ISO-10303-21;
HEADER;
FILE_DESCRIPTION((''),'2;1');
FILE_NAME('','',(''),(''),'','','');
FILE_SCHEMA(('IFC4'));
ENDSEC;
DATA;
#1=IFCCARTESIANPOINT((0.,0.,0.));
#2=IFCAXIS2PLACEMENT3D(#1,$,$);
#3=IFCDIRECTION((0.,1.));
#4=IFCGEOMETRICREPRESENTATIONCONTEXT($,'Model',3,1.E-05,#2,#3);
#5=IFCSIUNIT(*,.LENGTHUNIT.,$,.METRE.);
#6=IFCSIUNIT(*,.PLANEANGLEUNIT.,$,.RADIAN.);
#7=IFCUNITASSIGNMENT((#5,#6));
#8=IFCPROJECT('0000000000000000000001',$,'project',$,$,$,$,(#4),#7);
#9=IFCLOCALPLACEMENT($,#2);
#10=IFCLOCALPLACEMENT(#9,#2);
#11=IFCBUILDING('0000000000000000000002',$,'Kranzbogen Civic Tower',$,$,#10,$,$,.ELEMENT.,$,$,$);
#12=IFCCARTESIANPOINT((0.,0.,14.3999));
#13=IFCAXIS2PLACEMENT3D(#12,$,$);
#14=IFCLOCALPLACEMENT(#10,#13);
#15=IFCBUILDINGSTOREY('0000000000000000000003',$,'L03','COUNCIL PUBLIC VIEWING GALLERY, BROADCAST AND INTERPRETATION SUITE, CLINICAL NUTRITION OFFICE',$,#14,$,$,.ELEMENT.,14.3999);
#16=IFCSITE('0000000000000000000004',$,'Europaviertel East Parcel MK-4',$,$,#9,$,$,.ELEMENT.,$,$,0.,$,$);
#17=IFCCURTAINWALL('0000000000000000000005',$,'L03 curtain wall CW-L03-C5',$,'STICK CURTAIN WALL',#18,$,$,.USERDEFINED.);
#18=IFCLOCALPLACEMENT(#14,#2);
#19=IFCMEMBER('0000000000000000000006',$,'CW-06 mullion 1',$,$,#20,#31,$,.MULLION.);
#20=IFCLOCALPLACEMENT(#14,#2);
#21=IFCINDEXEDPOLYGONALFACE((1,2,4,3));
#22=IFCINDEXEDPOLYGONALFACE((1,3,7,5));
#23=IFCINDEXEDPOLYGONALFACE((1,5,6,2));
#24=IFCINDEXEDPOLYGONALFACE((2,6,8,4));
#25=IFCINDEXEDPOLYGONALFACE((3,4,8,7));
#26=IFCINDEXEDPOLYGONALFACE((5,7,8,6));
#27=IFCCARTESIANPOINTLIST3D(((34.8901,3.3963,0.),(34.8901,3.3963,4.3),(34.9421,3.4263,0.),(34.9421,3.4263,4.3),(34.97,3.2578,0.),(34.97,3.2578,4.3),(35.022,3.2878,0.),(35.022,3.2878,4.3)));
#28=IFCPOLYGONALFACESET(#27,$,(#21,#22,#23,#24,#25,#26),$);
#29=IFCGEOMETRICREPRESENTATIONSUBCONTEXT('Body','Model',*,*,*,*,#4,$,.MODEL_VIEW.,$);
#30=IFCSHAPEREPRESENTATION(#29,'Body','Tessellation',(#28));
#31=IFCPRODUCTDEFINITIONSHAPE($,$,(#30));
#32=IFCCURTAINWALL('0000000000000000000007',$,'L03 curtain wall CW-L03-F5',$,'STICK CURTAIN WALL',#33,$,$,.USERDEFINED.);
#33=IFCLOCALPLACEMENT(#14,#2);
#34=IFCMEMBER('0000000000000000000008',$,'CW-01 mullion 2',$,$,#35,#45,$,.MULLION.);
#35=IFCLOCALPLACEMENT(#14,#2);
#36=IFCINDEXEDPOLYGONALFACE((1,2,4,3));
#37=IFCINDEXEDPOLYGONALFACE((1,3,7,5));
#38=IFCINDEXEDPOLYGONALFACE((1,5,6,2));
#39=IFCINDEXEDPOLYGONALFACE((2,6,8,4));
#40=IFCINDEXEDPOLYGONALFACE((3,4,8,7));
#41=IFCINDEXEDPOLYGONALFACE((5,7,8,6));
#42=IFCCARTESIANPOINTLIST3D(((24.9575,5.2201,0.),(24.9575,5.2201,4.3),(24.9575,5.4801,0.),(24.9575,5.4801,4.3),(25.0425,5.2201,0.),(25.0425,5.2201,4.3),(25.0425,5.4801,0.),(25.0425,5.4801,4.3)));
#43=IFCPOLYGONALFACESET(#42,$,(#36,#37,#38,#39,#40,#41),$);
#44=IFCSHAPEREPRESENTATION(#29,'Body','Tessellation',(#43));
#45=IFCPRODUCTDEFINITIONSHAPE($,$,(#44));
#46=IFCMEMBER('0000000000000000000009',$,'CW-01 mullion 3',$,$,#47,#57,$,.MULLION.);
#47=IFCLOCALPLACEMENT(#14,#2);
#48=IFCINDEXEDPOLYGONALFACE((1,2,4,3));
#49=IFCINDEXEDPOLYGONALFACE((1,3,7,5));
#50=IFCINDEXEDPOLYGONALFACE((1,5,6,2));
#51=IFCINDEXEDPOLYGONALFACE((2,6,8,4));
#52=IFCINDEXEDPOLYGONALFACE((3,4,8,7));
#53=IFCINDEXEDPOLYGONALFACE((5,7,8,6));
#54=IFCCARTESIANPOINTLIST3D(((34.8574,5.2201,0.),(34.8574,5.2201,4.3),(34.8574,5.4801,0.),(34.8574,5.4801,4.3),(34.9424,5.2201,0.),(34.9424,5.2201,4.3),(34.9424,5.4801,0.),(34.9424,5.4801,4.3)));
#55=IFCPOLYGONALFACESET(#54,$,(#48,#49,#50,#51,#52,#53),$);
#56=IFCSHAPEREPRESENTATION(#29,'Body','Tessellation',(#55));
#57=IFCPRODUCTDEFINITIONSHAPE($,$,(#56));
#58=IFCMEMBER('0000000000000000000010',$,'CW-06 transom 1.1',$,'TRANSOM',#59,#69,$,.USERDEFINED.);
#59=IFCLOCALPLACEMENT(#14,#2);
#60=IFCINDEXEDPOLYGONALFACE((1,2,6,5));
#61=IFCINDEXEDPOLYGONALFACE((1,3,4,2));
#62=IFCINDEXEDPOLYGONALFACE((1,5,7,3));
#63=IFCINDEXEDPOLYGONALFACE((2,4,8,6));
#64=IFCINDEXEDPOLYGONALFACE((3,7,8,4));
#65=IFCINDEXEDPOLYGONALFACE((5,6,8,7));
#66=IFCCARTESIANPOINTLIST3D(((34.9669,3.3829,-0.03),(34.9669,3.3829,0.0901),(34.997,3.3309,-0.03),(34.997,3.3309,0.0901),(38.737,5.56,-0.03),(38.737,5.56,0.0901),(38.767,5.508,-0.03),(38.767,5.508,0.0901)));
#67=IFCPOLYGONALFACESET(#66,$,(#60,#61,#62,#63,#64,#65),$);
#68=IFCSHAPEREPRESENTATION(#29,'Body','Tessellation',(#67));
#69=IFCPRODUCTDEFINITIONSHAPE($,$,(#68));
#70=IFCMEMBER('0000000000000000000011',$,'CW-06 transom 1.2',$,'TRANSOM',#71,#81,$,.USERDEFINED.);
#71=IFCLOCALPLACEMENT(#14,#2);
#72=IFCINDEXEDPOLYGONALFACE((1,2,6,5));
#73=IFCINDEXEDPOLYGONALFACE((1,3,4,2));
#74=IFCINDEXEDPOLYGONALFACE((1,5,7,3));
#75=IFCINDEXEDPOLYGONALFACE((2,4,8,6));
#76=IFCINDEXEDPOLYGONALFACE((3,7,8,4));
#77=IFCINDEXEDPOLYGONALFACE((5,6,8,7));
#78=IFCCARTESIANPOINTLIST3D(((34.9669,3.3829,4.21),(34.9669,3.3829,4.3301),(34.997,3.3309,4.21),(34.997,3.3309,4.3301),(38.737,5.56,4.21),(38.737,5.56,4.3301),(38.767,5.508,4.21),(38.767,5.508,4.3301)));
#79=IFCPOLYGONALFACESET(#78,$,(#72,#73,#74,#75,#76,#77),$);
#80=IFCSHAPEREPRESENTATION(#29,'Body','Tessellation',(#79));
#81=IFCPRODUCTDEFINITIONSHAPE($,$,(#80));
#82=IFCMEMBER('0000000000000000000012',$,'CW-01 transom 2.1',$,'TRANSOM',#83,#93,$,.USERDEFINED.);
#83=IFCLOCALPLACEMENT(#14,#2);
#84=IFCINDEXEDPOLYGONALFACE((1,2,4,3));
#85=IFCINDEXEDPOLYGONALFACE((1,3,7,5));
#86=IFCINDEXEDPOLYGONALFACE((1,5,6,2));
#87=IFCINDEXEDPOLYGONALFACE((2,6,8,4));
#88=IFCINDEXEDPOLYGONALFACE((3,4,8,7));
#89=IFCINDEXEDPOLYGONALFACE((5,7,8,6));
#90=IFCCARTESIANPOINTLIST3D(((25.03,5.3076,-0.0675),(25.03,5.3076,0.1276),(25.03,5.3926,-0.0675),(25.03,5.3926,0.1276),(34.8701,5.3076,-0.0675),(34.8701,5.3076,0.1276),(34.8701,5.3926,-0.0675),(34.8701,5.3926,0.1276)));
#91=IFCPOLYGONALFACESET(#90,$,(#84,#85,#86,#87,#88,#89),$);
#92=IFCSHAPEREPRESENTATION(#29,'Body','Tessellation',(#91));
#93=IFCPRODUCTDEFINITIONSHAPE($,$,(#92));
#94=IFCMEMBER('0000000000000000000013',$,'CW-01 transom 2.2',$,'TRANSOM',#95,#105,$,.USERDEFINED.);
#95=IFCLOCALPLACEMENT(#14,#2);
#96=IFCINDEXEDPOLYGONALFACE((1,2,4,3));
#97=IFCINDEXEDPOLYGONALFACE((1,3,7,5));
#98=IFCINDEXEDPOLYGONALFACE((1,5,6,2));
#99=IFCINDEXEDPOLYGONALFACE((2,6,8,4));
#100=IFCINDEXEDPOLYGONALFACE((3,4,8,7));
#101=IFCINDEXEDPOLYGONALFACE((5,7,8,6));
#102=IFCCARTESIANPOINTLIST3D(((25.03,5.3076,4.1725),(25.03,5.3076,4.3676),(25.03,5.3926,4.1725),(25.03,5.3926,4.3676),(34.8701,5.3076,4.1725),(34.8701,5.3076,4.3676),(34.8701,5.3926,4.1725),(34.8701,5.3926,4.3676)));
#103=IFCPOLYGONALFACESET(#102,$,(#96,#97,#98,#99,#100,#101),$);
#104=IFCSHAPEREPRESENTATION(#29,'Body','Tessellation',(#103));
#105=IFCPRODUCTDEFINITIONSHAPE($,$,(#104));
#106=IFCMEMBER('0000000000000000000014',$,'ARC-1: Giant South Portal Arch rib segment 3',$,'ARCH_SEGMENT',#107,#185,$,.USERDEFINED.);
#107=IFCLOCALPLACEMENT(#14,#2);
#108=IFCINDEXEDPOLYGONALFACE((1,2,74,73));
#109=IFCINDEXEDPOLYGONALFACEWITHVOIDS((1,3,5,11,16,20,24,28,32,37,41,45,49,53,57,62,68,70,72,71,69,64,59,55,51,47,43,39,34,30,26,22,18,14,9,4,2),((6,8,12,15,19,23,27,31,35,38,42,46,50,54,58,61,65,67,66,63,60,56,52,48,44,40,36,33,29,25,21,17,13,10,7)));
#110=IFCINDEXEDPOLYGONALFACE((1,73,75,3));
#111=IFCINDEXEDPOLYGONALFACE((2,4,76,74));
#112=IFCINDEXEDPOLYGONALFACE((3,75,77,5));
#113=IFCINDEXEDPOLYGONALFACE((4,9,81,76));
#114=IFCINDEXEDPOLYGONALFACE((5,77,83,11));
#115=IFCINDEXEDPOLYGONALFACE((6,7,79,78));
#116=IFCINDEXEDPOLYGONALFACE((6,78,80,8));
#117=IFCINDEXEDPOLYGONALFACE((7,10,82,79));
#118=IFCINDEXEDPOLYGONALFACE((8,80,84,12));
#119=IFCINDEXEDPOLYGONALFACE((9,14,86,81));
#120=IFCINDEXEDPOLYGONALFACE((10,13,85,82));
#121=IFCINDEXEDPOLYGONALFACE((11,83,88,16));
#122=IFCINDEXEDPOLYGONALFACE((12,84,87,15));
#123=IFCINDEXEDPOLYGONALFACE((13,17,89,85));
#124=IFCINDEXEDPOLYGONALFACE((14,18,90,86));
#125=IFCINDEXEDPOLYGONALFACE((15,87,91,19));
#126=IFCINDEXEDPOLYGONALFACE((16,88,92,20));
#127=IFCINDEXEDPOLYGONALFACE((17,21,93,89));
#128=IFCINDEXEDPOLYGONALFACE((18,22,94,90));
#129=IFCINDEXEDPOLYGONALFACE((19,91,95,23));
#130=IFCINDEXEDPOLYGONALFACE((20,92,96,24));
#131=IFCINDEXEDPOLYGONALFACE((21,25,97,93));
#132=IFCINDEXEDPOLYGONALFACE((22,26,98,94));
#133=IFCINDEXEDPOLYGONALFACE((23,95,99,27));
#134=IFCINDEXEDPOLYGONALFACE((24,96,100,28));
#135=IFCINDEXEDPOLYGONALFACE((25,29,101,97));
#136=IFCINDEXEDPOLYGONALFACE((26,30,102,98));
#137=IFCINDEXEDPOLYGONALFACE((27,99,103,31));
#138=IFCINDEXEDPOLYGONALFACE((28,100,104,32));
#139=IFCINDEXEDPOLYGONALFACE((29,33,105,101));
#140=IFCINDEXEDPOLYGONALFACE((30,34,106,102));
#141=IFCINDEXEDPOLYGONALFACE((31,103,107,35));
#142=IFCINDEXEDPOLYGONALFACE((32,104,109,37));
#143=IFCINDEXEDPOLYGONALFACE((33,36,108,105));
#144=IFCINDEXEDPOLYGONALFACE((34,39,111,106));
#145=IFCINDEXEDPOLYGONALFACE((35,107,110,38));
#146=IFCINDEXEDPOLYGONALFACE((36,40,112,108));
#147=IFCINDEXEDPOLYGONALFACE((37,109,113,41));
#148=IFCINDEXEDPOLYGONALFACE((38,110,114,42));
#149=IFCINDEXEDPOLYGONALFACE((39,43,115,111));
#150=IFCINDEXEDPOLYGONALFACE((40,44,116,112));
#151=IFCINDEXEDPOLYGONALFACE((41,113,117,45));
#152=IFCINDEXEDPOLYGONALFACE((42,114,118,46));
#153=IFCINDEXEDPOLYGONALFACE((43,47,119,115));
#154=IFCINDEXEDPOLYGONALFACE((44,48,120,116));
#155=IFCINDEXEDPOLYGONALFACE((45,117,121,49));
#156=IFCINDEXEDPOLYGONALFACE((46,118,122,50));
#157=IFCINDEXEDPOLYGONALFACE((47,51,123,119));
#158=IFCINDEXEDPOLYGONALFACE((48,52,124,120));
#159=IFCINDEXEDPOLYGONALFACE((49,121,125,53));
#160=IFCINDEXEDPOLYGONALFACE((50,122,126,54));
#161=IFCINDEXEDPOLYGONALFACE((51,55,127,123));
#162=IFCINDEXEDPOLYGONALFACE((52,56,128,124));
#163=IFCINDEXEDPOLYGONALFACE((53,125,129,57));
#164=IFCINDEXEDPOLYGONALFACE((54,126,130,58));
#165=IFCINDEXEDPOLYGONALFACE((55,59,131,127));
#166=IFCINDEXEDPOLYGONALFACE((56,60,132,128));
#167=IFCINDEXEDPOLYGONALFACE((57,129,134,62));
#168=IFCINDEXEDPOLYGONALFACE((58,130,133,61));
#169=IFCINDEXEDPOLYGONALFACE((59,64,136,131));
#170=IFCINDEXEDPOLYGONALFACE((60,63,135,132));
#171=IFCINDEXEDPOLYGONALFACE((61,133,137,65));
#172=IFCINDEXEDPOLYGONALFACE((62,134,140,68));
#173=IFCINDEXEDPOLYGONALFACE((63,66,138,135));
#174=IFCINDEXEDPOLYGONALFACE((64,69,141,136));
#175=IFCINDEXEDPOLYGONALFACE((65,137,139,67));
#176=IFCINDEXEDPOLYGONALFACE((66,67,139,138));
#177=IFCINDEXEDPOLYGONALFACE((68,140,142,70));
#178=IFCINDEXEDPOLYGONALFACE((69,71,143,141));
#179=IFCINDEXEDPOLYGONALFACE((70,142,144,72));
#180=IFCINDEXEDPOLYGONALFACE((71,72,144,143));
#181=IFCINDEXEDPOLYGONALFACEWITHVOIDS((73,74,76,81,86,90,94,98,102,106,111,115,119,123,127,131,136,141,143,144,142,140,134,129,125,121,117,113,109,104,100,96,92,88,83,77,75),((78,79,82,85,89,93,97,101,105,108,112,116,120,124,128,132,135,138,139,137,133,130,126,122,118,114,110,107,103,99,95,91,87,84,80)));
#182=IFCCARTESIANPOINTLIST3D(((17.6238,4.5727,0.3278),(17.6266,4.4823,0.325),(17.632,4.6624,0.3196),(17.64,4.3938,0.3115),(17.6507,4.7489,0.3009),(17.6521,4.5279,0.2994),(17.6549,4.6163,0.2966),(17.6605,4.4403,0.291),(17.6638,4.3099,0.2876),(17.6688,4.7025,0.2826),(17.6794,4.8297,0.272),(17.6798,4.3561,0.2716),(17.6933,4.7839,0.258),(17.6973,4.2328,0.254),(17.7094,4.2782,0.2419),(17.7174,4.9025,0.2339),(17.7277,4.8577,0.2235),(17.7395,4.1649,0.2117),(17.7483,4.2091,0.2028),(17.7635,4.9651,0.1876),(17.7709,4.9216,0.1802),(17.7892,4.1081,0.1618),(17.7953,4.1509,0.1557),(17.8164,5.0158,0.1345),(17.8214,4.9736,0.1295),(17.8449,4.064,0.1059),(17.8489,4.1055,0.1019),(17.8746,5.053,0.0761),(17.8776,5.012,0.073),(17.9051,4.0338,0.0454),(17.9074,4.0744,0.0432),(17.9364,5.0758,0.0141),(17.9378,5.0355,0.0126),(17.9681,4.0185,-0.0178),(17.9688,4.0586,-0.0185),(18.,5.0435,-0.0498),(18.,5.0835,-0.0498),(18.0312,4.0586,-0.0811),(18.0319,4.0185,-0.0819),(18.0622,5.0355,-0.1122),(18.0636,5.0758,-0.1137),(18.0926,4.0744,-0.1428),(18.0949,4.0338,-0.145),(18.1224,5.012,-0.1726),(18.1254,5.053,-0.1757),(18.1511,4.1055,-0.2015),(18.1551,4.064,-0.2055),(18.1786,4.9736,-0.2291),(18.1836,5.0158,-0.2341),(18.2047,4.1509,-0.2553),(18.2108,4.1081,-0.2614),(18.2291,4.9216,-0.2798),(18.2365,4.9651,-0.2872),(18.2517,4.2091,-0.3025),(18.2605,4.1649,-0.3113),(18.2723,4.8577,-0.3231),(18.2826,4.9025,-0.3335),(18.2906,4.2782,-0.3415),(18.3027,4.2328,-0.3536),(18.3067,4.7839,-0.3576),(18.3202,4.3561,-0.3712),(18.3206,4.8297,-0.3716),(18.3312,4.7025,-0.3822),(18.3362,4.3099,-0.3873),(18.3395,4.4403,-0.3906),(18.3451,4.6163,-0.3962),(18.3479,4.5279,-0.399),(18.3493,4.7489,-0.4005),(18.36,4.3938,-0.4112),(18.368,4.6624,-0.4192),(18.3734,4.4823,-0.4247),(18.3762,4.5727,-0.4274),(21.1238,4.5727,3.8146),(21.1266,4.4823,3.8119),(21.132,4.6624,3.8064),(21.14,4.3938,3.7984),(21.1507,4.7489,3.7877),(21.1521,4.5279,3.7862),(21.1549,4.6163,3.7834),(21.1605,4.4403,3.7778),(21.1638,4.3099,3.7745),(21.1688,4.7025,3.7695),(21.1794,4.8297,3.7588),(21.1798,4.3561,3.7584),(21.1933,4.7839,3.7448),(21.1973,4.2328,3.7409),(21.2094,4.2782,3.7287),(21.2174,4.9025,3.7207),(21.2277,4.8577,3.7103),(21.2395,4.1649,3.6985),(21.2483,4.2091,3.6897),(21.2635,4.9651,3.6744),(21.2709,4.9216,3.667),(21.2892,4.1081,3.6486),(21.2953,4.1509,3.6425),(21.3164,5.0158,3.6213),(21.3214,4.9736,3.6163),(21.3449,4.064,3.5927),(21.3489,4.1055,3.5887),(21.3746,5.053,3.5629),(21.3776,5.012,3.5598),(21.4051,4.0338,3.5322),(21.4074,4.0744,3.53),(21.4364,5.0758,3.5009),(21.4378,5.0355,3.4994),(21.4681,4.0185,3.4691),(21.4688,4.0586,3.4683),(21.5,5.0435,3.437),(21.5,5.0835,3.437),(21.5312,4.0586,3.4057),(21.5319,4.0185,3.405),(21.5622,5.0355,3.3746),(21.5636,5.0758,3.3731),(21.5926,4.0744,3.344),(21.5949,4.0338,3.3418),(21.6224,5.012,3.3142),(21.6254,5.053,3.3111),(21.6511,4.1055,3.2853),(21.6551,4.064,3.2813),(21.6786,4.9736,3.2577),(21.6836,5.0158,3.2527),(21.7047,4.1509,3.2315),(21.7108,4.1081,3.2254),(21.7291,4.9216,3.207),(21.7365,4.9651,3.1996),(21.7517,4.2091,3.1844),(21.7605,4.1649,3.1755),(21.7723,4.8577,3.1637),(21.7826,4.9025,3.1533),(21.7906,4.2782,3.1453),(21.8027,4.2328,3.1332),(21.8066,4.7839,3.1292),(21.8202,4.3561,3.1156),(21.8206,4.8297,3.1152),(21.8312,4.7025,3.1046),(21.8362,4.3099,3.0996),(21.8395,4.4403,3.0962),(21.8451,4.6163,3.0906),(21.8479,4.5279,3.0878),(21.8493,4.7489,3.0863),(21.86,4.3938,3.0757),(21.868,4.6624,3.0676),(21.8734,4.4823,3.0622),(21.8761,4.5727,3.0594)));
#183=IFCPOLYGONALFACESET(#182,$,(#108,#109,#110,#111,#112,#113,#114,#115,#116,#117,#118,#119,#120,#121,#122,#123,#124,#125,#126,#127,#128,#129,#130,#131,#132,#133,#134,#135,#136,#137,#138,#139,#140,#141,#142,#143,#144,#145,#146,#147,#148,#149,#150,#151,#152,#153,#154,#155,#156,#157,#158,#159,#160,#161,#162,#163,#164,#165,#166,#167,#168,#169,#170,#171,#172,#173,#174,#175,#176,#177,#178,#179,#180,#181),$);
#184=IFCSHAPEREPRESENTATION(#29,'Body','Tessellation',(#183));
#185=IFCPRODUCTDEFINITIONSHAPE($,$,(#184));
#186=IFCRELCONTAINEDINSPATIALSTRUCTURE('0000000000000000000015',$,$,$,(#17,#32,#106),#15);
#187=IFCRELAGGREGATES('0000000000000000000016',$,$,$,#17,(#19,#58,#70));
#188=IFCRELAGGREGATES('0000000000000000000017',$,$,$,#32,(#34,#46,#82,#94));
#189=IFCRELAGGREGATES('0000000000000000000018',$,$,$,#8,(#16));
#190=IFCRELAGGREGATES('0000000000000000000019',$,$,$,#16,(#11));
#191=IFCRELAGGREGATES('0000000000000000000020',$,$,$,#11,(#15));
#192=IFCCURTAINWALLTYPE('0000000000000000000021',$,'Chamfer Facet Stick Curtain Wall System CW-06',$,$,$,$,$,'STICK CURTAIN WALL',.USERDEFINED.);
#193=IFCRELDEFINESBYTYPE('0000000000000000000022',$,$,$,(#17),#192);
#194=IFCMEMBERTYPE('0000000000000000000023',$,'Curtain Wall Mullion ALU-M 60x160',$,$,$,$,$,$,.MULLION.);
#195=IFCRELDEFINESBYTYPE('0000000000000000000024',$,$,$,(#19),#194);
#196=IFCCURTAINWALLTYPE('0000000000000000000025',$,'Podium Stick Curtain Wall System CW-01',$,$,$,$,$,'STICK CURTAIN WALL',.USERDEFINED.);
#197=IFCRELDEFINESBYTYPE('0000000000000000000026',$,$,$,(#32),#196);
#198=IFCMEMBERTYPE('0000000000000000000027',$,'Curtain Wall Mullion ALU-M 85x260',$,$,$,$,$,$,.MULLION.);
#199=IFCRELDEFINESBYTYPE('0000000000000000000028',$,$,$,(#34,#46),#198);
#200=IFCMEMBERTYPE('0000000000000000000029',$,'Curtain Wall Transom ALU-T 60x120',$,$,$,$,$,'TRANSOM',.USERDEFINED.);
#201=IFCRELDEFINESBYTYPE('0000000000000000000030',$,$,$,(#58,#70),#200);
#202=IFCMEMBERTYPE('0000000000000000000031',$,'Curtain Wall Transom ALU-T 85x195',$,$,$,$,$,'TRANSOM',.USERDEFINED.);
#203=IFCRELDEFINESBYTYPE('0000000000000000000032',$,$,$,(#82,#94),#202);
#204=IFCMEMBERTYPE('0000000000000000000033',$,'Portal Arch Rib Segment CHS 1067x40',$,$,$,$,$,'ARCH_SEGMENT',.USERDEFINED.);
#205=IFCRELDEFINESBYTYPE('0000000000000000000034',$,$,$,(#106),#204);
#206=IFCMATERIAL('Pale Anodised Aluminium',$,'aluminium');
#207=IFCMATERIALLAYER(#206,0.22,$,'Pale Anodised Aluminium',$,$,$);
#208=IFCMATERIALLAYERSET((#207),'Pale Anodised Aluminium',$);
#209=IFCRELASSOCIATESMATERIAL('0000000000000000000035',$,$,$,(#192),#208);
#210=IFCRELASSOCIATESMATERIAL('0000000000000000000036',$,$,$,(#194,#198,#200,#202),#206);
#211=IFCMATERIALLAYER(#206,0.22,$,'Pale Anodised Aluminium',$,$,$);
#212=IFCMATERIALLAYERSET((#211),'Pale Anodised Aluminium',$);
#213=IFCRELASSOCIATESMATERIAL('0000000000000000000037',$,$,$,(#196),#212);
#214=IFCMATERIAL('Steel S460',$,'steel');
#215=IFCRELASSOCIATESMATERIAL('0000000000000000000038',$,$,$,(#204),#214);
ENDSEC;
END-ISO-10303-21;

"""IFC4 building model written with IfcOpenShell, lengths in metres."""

from ifc_helpers import new_model, si_unit, direction, frame, origin, origin_2d, place, context, subcontext, project, spatial, rectangle, hollow_circle, extrude, material, layer, layer_set, material_profile, profile_set, type_object, element, aggregate, save


model = new_model("IFC4")

# Units and contexts
model_context = context("Model", 3, precision=1e-05, world=origin(), true_north=direction((0.0, 1.0)))
body_context = subcontext(model_context, "Body", "Model", "MODEL_VIEW")
ifc_project = project(units=[si_unit("LENGTHUNIT", "METRE"), si_unit("PLANEANGLEUNIT", "RADIAN")], contexts=[model_context])

# Site, building, storey
site_placement = place(None, origin())
site = spatial("IfcSite", under=ifc_project, at=site_placement, Name="Europaviertel East Parcel MK-4", CompositionType="ELEMENT", RefElevation=0.0)
building_placement = place(site_placement, origin())
building = spatial("IfcBuilding", under=site, at=building_placement, Name="Kranzbogen Civic Tower", CompositionType="ELEMENT")
storey_placement = place(building_placement, frame((0.0, 0.0, 14.3999)))
storey = spatial("IfcBuildingStorey", under=building, at=storey_placement, Name="L03", Description="COUNCIL PUBLIC VIEWING GALLERY, BROADCAST AND INTERPRETATION SUITE, CLINICAL NUTRITION OFFICE", CompositionType="ELEMENT", Elevation=14.3999)

# Curtain wall, member
ifc_material_1 = material(Name="Pale Anodised Aluminium", Category="aluminium")
ifc_layer_1 = layer(ifc_material_1, 0.22, Name="Pale Anodised Aluminium")
ifc_layer_set_1 = layer_set([ifc_layer_1], Name="Pale Anodised Aluminium")
curtain_wall_type_1 = type_object("IfcCurtainWallType", Name="Chamfer Facet Stick Curtain Wall System CW-06", ElementType="STICK CURTAIN WALL", PredefinedType="USERDEFINED", material=ifc_layer_set_1)
curtain_wall_1_placement = place(storey_placement, origin())
curtain_wall_1 = element("IfcCurtainWall", 1, at=curtain_wall_1_placement, inside=storey, type_object=curtain_wall_type_1, Name="L03 curtain wall CW-L03-C5", ObjectType="STICK CURTAIN WALL", PredefinedType="USERDEFINED")
ifc_material_profile_1 = material_profile(ifc_material_1, rectangle(XDim=0.0601, YDim=0.1599, at=origin_2d()), Name="ALU-M 60x160")
ifc_profile_set_1 = profile_set([ifc_material_profile_1], Name="Pale Anodised Aluminium")
member_type_1 = type_object("IfcMemberType", Name="Curtain Wall Mullion ALU-M 60x160", PredefinedType="MULLION", material=ifc_profile_set_1)
member_1_placement = place(storey_placement, frame((34.9561, 3.342, 0.0), z_axis=(0.0, 0.0, 1.0), x_axis=(0.865992, 0.500058, 0.0)))
member_1 = element("IfcMember", 2, at=member_1_placement, type_object=member_type_1, Name="CW-06 mullion 1", PredefinedType="MULLION", context=body_context, shape_type="SweptSolid", body=[
    extrude(rectangle(XDim=0.0601, YDim=0.1599, at=origin_2d()), origin(), (0.0, 0.0, 1.0), 4.3),
])

# Curtain wall, members
ifc_layer_2 = layer(ifc_material_1, 0.22, Name="Pale Anodised Aluminium")
ifc_layer_set_2 = layer_set([ifc_layer_2], Name="Pale Anodised Aluminium")
curtain_wall_type_2 = type_object("IfcCurtainWallType", Name="Podium Stick Curtain Wall System CW-01", ElementType="STICK CURTAIN WALL", PredefinedType="USERDEFINED", material=ifc_layer_set_2)
curtain_wall_2_placement = place(storey_placement, origin())
curtain_wall_2 = element("IfcCurtainWall", 3, at=curtain_wall_2_placement, inside=storey, type_object=curtain_wall_type_2, Name="L03 curtain wall CW-L03-F5", ObjectType="STICK CURTAIN WALL", PredefinedType="USERDEFINED")
ifc_material_profile_2 = material_profile(ifc_material_1, rectangle(XDim=0.085, YDim=0.26, at=origin_2d()), Name="ALU-M 85x260")
ifc_profile_set_2 = profile_set([ifc_material_profile_2], Name="Pale Anodised Aluminium")
member_type_2 = type_object("IfcMemberType", Name="Curtain Wall Mullion ALU-M 85x260", PredefinedType="MULLION", material=ifc_profile_set_2)
member_2_placement = place(storey_placement, frame((25.0, 5.3501, 0.0), z_axis=(0.0, 0.0, 1.0), x_axis=(1.0, 0.0, 0.0)))
member_2 = element("IfcMember", 4, at=member_2_placement, type_object=member_type_2, Name="CW-01 mullion 2", PredefinedType="MULLION", context=body_context, shape_type="SweptSolid", body=[
    extrude(rectangle(XDim=0.085, YDim=0.26, at=origin_2d()), origin(), (0.0, 0.0, 1.0), 4.3),
])
member_3_placement = place(storey_placement, frame((34.8999, 5.3501, 0.0), z_axis=(0.0, 0.0, 1.0), x_axis=(1.0, 0.0, 0.0)))
member_3 = element("IfcMember", 5, at=member_3_placement, type_object=member_type_2, Name="CW-01 mullion 3", PredefinedType="MULLION", context=body_context, shape_type="SweptSolid", body=[
    extrude(rectangle(XDim=0.085, YDim=0.26, at=origin_2d()), origin(), (0.0, 0.0, 1.0), 4.3),
])

# Members
ifc_material_profile_3 = material_profile(ifc_material_1, rectangle(XDim=0.0601, YDim=0.1201, at=origin_2d()), Name="ALU-T 60x120")
ifc_profile_set_3 = profile_set([ifc_material_profile_3], Name="Pale Anodised Aluminium")
member_type_3 = type_object("IfcMemberType", Name="Curtain Wall Transom ALU-T 60x120", ElementType="TRANSOM", PredefinedType="USERDEFINED", material=ifc_profile_set_3)
member_4_placement = place(storey_placement, frame((34.9819, 3.3569, 0.03), z_axis=(0.865988, 0.500065, 0.0), x_axis=(-0.500065, 0.865988, 0.0)))
member_4 = element("IfcMember", 6, at=member_4_placement, type_object=member_type_3, Name="CW-06 transom 1.1", ObjectType="TRANSOM", PredefinedType="USERDEFINED", context=body_context, shape_type="SweptSolid", body=[
    extrude(rectangle(XDim=0.0601, YDim=0.1201, at=origin_2d()), origin(), (0.0, 0.0, 1.0), 4.3535),
])
member_5_placement = place(storey_placement, frame((34.9819, 3.3569, 4.27), z_axis=(0.865988, 0.500065, 0.0), x_axis=(-0.500065, 0.865988, 0.0)))
member_5 = element("IfcMember", 7, at=member_5_placement, type_object=member_type_3, Name="CW-06 transom 1.2", ObjectType="TRANSOM", PredefinedType="USERDEFINED", context=body_context, shape_type="SweptSolid", body=[
    extrude(rectangle(XDim=0.0601, YDim=0.1201, at=origin_2d()), origin(), (0.0, 0.0, 1.0), 4.3535),
])
aggregate(curtain_wall_1, [member_1, member_4, member_5])
ifc_material_profile_4 = material_profile(ifc_material_1, rectangle(XDim=0.085, YDim=0.1951, at=origin_2d()), Name="ALU-T 85x195")
ifc_profile_set_4 = profile_set([ifc_material_profile_4], Name="Pale Anodised Aluminium")
member_type_4 = type_object("IfcMemberType", Name="Curtain Wall Transom ALU-T 85x195", ElementType="TRANSOM", PredefinedType="USERDEFINED", material=ifc_profile_set_4)
member_6_placement = place(storey_placement, frame((25.03, 5.3501, 0.03), z_axis=(1.0, 0.0, 0.0), x_axis=(0.0, 1.0, 0.0)))
member_6 = element("IfcMember", 8, at=member_6_placement, type_object=member_type_4, Name="CW-01 transom 2.1", ObjectType="TRANSOM", PredefinedType="USERDEFINED", context=body_context, shape_type="SweptSolid", body=[
    extrude(rectangle(XDim=0.085, YDim=0.1951, at=origin_2d()), origin(), (0.0, 0.0, 1.0), 9.8401),
])
member_7_placement = place(storey_placement, frame((25.03, 5.3501, 4.27), z_axis=(1.0, 0.0, 0.0), x_axis=(0.0, 1.0, 0.0)))
member_7 = element("IfcMember", 9, at=member_7_placement, type_object=member_type_4, Name="CW-01 transom 2.2", ObjectType="TRANSOM", PredefinedType="USERDEFINED", context=body_context, shape_type="SweptSolid", body=[
    extrude(rectangle(XDim=0.085, YDim=0.1951, at=origin_2d()), origin(), (0.0, 0.0, 1.0), 9.8401),
])

# Member
ifc_material_2 = material(Name="Steel S460", Category="steel")
ifc_material_profile_5 = material_profile(ifc_material_2, hollow_circle(Radius=0.5334, WallThickness=0.04, at=origin_2d()), Name="CHS 1067x40")
ifc_profile_set_5 = profile_set([ifc_material_profile_5], Name="Steel S460")
member_type_5 = type_object("IfcMemberType", Name="Portal Arch Rib Segment CHS 1067x40", ElementType="ARCH_SEGMENT", PredefinedType="USERDEFINED", material=ifc_profile_set_5)
member_8_placement = place(storey_placement, frame((18.0, 4.55, -0.0498), z_axis=(0.70844, 0.0, 0.705771), x_axis=(0.0, 1.0, 0.0)))
element("IfcMember", 10, at=member_8_placement, inside=storey, type_object=member_type_5, Name="ARC-1: Giant South Portal Arch rib segment 3", ObjectType="ARCH_SEGMENT", PredefinedType="USERDEFINED", context=body_context, shape_type="SweptSolid", body=[
    extrude(hollow_circle(Radius=0.5334, WallThickness=0.04, at=origin_2d()), origin(), (0.0, 0.0, 1.0), 4.9404),
])

aggregate(curtain_wall_2, [member_2, member_3, member_6, member_7])

save(model, "model.ifc")
